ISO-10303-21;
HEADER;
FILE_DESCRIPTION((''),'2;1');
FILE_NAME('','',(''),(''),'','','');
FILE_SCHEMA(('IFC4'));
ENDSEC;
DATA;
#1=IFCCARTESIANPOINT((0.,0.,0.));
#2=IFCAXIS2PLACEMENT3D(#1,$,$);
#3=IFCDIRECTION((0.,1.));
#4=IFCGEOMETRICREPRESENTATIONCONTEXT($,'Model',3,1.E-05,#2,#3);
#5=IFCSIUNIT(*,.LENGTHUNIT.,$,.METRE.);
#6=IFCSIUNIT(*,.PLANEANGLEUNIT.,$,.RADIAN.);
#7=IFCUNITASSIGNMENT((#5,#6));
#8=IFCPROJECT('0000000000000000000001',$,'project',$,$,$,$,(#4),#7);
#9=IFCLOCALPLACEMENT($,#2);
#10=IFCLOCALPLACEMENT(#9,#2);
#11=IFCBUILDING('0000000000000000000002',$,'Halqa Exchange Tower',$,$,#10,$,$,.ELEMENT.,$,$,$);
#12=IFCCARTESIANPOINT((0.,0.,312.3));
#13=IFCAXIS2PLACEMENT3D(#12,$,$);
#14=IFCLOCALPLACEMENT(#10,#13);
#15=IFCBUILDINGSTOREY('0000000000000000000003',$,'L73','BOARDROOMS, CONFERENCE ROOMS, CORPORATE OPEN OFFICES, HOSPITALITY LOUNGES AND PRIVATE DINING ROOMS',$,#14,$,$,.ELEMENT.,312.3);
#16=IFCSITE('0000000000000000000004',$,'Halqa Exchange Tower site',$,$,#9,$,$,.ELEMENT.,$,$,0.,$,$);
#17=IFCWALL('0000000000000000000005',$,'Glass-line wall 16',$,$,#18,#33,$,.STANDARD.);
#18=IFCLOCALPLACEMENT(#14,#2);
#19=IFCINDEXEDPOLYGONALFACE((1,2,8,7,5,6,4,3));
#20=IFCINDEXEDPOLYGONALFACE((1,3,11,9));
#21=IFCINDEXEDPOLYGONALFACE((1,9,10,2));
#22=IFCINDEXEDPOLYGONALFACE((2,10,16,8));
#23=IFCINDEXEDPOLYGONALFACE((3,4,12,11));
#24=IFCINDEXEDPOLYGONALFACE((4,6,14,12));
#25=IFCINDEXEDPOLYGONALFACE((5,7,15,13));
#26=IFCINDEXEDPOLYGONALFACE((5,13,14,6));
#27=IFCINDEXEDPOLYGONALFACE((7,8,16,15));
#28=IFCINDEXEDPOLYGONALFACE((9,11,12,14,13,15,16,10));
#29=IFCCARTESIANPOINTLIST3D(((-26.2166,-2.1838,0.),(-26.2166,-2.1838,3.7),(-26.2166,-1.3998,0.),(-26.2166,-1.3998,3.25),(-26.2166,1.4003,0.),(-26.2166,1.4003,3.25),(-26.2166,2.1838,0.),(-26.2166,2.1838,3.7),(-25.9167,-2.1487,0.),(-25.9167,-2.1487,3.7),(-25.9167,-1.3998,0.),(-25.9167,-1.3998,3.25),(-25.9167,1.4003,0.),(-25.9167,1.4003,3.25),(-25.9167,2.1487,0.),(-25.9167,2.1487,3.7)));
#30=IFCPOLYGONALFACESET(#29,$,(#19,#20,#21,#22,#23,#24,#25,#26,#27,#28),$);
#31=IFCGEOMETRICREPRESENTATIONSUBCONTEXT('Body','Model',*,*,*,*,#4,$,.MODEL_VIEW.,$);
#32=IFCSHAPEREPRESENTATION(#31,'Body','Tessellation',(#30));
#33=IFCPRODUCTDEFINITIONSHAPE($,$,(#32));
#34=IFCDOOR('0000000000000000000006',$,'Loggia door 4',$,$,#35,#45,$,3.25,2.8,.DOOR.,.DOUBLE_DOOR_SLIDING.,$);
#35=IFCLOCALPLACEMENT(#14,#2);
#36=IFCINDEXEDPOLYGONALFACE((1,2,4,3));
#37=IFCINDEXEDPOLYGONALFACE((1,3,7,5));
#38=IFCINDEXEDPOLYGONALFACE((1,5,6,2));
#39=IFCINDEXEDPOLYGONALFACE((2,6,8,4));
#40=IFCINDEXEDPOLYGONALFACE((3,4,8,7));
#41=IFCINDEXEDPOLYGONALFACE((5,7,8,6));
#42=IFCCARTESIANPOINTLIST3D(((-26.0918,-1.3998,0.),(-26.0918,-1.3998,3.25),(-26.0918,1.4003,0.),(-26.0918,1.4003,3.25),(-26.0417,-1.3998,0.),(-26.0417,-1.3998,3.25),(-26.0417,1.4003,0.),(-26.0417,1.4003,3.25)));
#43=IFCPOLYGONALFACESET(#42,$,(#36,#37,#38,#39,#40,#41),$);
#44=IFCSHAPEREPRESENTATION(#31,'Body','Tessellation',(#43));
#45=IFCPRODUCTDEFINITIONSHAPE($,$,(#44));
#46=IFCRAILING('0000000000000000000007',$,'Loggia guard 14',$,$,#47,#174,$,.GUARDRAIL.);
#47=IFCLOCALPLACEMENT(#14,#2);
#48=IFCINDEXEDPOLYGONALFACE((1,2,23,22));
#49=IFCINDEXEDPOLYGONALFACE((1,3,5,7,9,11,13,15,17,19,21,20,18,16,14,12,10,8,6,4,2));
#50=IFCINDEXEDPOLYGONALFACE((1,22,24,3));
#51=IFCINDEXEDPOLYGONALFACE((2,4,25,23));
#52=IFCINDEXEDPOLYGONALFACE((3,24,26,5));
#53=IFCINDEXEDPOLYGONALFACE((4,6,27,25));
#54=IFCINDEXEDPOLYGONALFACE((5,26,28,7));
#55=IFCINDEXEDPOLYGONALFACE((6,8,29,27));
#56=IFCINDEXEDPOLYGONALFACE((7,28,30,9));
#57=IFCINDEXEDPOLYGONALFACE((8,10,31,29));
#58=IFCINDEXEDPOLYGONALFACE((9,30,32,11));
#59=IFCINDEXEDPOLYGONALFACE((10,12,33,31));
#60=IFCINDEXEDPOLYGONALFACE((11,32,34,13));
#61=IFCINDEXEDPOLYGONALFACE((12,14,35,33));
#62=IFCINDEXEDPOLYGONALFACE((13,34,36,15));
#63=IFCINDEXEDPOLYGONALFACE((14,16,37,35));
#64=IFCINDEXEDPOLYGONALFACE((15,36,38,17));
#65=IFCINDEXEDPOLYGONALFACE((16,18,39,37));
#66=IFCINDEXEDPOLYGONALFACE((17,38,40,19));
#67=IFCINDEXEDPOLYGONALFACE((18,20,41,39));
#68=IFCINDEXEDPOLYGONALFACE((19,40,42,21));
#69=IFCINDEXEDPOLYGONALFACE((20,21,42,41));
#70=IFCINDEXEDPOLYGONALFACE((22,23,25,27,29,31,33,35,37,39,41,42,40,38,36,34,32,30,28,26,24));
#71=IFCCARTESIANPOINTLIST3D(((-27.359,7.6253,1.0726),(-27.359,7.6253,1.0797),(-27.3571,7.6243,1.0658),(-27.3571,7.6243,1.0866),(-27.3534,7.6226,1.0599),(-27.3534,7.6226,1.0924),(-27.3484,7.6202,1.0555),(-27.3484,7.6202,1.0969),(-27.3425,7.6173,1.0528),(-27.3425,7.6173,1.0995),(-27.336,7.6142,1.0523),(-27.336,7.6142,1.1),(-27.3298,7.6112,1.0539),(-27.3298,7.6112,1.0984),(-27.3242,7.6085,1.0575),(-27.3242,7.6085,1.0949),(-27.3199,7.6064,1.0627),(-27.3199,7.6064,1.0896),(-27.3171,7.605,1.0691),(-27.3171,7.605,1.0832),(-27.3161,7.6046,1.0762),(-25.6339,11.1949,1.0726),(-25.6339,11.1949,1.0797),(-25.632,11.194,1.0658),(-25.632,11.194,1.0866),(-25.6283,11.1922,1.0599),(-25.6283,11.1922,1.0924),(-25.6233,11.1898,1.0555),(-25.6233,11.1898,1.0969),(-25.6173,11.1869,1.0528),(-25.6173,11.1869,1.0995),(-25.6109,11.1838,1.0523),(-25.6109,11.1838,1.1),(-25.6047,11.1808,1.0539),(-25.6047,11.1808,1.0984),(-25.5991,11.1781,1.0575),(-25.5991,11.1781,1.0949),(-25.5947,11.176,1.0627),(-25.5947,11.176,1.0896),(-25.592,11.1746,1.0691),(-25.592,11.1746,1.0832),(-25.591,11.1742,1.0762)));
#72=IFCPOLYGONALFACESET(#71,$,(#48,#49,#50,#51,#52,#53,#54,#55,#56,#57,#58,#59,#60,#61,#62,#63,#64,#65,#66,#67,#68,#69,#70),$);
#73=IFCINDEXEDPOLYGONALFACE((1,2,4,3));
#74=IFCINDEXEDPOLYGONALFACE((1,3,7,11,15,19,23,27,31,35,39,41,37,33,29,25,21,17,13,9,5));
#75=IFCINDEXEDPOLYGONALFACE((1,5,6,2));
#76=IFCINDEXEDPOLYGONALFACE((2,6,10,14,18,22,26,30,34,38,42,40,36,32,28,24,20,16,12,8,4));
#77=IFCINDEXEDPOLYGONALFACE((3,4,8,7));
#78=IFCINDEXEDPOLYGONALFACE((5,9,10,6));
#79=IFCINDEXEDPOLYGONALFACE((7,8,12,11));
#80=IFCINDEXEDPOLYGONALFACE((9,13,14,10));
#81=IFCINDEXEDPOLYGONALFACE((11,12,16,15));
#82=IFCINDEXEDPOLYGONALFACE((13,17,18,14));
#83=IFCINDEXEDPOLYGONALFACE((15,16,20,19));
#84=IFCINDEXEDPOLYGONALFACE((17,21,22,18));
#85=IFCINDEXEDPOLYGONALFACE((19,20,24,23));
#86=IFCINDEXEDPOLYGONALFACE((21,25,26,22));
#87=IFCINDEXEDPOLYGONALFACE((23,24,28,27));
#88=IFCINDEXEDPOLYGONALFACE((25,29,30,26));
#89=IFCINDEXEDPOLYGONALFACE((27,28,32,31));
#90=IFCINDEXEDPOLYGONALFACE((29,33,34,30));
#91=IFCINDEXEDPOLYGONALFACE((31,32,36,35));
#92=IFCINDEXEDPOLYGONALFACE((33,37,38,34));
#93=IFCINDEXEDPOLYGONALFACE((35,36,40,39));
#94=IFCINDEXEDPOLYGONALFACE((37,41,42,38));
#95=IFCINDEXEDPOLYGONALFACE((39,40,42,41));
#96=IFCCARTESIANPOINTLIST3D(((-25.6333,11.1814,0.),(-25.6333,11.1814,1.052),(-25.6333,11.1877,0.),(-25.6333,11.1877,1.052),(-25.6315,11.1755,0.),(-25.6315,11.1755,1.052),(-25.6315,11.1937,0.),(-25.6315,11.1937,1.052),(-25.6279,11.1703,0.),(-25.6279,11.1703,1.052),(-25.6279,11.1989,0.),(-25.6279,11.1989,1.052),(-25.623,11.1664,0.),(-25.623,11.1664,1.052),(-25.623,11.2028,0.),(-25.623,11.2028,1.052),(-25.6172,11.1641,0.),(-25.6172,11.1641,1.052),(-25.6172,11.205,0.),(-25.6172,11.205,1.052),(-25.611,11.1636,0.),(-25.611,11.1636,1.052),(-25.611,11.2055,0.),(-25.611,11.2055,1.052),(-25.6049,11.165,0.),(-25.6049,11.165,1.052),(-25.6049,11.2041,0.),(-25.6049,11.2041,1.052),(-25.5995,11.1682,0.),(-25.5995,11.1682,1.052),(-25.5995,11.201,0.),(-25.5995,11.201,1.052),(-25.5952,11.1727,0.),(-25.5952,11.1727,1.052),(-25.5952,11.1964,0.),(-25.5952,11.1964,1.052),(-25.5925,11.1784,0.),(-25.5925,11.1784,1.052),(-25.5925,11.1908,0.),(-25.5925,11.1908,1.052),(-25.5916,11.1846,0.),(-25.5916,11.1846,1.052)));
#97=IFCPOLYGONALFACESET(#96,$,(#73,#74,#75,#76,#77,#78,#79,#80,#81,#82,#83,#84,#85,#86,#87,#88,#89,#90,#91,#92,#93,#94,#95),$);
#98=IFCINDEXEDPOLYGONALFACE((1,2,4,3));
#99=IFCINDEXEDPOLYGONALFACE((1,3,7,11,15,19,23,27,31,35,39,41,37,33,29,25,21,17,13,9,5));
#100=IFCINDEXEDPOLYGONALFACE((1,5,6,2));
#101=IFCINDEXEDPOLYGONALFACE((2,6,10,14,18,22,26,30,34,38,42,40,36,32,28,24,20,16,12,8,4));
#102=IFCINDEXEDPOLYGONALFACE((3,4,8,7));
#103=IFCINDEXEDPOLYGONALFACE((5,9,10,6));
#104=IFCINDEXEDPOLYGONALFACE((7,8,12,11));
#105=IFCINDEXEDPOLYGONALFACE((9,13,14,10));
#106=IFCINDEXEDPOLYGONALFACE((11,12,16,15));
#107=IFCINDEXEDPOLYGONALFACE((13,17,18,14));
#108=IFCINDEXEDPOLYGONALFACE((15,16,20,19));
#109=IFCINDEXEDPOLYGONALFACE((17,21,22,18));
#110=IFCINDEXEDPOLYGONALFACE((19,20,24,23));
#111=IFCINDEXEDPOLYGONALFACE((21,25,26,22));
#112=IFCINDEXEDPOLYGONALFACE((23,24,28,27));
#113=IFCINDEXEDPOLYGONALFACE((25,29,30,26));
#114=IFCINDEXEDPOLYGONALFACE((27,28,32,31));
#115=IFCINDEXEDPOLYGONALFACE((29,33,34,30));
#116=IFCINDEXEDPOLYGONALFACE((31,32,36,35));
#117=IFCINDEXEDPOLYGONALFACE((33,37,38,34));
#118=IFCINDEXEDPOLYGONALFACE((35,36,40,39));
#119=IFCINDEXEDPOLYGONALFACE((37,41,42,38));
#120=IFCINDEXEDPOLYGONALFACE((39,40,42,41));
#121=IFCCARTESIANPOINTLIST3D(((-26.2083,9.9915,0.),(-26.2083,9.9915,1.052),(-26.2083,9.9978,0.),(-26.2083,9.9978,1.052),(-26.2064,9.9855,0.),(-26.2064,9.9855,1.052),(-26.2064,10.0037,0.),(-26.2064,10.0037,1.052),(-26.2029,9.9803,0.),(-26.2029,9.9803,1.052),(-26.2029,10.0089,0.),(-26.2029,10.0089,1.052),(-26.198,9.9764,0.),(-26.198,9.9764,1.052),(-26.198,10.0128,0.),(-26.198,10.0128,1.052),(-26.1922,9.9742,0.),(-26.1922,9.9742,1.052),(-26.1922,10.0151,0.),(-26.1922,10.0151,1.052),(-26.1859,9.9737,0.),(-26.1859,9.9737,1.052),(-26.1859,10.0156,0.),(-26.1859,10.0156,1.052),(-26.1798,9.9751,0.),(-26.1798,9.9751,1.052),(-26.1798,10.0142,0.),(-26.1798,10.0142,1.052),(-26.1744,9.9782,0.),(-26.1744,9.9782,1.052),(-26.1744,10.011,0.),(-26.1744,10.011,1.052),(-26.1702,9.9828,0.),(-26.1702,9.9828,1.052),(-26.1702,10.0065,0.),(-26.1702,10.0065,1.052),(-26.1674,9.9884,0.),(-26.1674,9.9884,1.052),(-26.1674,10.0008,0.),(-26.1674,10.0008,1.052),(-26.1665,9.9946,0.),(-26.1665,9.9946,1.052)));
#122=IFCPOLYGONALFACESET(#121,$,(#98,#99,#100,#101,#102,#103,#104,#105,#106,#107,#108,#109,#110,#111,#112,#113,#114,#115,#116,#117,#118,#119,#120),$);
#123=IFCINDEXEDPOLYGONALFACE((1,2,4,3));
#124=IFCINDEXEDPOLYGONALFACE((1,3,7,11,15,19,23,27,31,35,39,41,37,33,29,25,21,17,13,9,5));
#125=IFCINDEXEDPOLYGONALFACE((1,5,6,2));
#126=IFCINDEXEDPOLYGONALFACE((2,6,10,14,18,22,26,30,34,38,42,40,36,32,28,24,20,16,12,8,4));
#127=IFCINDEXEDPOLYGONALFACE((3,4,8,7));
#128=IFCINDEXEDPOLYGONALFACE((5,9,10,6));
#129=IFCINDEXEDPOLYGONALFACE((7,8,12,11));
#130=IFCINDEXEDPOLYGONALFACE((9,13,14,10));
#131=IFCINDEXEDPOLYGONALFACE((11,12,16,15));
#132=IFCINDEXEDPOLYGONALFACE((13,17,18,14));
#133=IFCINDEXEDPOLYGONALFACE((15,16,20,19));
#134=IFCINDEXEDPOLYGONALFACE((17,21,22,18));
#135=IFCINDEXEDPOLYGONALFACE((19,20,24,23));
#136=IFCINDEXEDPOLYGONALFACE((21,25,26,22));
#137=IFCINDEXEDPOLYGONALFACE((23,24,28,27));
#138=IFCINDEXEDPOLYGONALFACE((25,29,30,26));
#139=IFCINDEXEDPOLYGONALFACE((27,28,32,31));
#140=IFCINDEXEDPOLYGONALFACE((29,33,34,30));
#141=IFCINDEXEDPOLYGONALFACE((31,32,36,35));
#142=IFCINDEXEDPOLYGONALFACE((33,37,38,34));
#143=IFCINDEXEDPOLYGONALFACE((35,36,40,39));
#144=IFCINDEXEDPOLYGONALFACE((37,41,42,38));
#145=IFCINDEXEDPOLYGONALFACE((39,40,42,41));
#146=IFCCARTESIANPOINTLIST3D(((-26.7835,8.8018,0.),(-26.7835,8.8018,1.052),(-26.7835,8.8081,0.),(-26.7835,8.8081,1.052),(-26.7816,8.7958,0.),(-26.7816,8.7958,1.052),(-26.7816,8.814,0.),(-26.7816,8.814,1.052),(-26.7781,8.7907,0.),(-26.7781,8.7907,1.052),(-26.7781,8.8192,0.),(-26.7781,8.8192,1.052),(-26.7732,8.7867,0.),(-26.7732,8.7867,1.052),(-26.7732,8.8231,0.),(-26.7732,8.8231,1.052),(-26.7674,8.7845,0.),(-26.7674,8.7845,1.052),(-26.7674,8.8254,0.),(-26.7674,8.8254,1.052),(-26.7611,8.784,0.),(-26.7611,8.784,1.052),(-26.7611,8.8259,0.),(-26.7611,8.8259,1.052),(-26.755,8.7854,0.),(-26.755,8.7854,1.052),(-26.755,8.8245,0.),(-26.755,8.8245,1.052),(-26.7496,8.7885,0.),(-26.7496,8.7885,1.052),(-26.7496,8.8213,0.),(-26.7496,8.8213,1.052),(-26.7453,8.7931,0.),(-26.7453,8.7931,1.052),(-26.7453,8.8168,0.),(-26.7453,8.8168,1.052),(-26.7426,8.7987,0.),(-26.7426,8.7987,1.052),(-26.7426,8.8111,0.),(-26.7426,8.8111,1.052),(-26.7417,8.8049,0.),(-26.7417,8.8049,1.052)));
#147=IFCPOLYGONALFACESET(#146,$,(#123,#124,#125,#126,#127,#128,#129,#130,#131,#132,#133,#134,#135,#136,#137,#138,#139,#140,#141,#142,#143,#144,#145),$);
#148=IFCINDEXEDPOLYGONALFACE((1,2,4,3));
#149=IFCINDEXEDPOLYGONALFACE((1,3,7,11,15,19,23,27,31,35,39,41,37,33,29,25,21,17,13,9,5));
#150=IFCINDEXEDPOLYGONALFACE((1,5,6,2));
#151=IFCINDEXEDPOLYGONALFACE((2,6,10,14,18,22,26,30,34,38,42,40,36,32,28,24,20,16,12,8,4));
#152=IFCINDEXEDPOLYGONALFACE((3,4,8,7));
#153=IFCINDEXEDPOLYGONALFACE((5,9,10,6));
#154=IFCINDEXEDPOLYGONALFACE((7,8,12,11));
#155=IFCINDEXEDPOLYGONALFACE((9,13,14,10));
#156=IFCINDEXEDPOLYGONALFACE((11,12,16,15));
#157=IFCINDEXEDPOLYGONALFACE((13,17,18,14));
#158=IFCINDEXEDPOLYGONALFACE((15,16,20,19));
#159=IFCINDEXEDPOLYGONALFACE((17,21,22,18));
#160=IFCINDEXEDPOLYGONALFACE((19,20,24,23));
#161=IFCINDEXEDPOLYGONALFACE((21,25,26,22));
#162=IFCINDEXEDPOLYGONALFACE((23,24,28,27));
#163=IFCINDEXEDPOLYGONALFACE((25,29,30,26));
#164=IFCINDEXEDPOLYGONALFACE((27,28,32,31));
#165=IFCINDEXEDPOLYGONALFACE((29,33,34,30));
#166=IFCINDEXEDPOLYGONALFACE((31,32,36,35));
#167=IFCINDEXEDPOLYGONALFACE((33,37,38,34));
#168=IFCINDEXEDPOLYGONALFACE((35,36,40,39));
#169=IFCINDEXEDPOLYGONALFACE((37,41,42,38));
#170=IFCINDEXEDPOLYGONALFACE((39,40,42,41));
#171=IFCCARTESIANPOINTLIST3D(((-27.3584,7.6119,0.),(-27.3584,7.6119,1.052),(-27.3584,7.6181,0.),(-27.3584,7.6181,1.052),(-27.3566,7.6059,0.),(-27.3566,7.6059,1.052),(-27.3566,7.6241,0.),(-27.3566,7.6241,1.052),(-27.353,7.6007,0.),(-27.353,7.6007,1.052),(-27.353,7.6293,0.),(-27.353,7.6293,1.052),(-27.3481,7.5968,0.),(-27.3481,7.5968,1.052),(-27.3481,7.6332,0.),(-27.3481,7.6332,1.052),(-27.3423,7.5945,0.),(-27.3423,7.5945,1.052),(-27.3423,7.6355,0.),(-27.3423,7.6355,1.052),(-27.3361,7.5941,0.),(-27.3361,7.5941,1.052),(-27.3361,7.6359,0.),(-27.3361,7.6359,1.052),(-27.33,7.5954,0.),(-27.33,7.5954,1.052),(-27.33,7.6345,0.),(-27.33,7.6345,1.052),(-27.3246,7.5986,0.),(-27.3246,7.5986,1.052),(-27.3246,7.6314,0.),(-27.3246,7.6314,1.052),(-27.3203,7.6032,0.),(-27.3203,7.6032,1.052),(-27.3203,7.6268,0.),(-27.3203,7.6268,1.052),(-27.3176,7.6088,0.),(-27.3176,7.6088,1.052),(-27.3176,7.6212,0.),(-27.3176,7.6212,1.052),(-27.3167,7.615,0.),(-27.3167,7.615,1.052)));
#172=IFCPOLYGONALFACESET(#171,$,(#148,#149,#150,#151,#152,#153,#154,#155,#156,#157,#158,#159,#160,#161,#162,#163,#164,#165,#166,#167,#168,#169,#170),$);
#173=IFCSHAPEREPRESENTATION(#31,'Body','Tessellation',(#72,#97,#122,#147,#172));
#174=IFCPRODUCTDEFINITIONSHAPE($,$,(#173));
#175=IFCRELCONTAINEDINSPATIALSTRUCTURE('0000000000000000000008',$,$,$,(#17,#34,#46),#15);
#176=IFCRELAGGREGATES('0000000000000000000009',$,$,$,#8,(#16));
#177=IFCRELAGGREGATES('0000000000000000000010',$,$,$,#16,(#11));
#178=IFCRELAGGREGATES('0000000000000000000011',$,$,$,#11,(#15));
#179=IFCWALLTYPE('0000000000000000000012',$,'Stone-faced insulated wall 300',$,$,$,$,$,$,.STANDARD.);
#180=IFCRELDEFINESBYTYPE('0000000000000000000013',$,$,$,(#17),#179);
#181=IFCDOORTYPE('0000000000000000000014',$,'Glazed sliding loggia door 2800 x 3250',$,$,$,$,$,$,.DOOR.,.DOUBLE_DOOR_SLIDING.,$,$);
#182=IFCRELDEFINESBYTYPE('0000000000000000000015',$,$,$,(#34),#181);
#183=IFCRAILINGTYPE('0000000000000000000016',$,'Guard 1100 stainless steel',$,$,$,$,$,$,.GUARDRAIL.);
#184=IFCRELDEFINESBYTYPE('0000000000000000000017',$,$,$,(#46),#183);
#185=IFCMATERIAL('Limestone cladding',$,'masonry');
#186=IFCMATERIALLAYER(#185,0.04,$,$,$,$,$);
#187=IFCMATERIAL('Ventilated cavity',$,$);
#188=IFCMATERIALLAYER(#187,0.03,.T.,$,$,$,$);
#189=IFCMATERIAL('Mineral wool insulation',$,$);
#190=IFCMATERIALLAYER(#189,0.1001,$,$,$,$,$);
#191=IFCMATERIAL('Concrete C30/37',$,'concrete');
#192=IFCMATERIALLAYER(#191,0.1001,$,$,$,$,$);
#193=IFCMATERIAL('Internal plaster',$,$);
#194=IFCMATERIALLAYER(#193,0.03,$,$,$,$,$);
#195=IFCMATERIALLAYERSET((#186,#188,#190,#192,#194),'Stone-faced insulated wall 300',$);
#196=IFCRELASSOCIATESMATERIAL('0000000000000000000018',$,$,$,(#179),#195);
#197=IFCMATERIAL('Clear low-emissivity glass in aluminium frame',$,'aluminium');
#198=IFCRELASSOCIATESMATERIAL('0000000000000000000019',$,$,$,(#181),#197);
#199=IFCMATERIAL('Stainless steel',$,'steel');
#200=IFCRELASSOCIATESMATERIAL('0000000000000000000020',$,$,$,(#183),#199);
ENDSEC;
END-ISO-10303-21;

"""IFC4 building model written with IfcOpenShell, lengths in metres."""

from ifc_helpers import new_model, si_unit, direction, frame, frame_2d, origin, origin_2d, place, context, subcontext, project, spatial, polyline, rectangle, circle, outline, extrude, material, layer, layer_set, type_object, element, fill, save


model = new_model("IFC4")

# Units and contexts
model_context = context("Model", 3, precision=1e-05, world=origin(), true_north=direction((0.0, 1.0)))
body_context = subcontext(model_context, "Body", "Model", "MODEL_VIEW")
ifc_project = project(units=[si_unit("LENGTHUNIT", "METRE"), si_unit("PLANEANGLEUNIT", "RADIAN")], contexts=[model_context])

# Site, building, storey
site_placement = place(None, origin())
site = spatial("IfcSite", under=ifc_project, at=site_placement, Name="Halqa Exchange Tower site", CompositionType="ELEMENT", RefElevation=0.0)
building_placement = place(site_placement, origin())
building = spatial("IfcBuilding", under=site, at=building_placement, Name="Halqa Exchange Tower", CompositionType="ELEMENT")
storey_placement = place(building_placement, frame((0.0, 0.0, 312.3)))
storey = spatial("IfcBuildingStorey", under=building, at=storey_placement, Name="L73", Description="BOARDROOMS, CONFERENCE ROOMS, CORPORATE OPEN OFFICES, HOSPITALITY LOUNGES AND PRIVATE DINING ROOMS", CompositionType="ELEMENT", Elevation=312.3)

# Shared definitions
ifc_material_1 = material(Name="Limestone cladding", Category="masonry")
ifc_layer_1 = layer(ifc_material_1, 0.04)
ifc_material_2 = material(Name="Ventilated cavity")
ifc_layer_2 = layer(ifc_material_2, 0.03, ventilated=True)
ifc_material_3 = material(Name="Mineral wool insulation")
ifc_layer_3 = layer(ifc_material_3, 0.1001)
ifc_material_4 = material(Name="Concrete C30/37", Category="concrete")
ifc_layer_4 = layer(ifc_material_4, 0.1001)
ifc_material_5 = material(Name="Internal plaster")
ifc_layer_5 = layer(ifc_material_5, 0.03)
ifc_layer_set_1 = layer_set([ifc_layer_1, ifc_layer_2, ifc_layer_3, ifc_layer_4, ifc_layer_5], Name="Stone-faced insulated wall 300")
wall_type_1 = type_object("IfcWallType", Name="Stone-faced insulated wall 300", PredefinedType="STANDARD", material=ifc_layer_set_1)
ifc_material_6 = material(Name="Clear low-emissivity glass in aluminium frame", Category="aluminium")

# Wall, opening, door
wall_1_placement = place(storey_placement, frame((-26.0667, 2.1663, 0.0), z_axis=(0.0, 0.0, 1.0), x_axis=(0.0, -1.0, 0.0)))
wall_1 = element("IfcWall", 1, at=wall_1_placement, inside=storey, type_object=wall_type_1, Name="Glass-line wall 16", PredefinedType="STANDARD", context=body_context, shape_type="SweptSolid", body=[
    extrude(outline(polyline([(-0.0176, -0.1499), (4.3501, -0.1499), (4.3149, 0.1499), (0.0176, 0.1499), (-0.0176, -0.1499)])), origin(), (0.0, 0.0, 1.0), 3.7),
])
opening_1_placement = place(wall_1_placement, frame((0.7661, 0.0, 0.0)))
opening_1 = element("IfcOpeningElement", 2, at=opening_1_placement, cuts=wall_1, PredefinedType="OPENING", context=body_context, shape_type="SweptSolid", body=[
    extrude(rectangle(XDim=2.8, YDim=3.25, at=frame_2d((1.3999, 1.625))), frame((0.0, 0.1621, 0.0), z_axis=(0.0, -1.0, 0.0), x_axis=(1.0, 0.0, 0.0)), (0.0, 0.0, 1.0), 0.324),
])
door_type = type_object("IfcDoorType", Name="Glazed sliding loggia door 2800 x 3250", OperationType="DOUBLE_DOOR_SLIDING", PredefinedType="DOOR", material=ifc_material_6)
door_placement = place(opening_1_placement, origin())
door = element("IfcDoor", 3, at=door_placement, inside=storey, type_object=door_type, Name="Loggia door 4", OperationType="DOUBLE_DOOR_SLIDING", OverallHeight=3.25, OverallWidth=2.8, PredefinedType="DOOR", context=body_context, shape_type="SweptSolid", body=[
    extrude(rectangle(XDim=2.8, YDim=3.25, at=frame_2d((1.3999, 1.625))), frame((0.0, 0.0249, 0.0), z_axis=(0.0, -1.0, 0.0), x_axis=(1.0, 0.0, 0.0)), (0.0, 0.0, 1.0), 0.05),
])
fill(opening_1, door)

# Railing
ifc_material_7 = material(Name="Stainless steel", Category="steel")
railing_type = type_object("IfcRailingType", Name="Guard 1100 stainless steel", PredefinedType="GUARDRAIL", material=ifc_material_7)
railing_1_placement = place(storey_placement, frame((-25.6125, 11.1846, 0.0)))
element("IfcRailing", 4, at=railing_1_placement, inside=storey, type_object=railing_type, Name="Loggia guard 14", PredefinedType="GUARDRAIL", context=body_context, shape_type="SweptSolid", body=[
    extrude(circle(Radius=0.0239, at=origin_2d()), frame((0.0, 0.0, 1.0762), z_axis=(-0.435128, -0.900369, 0.0), x_axis=(0.900369, -0.435128, 0.0)), (0.0, 0.0, 1.0), 3.9646),
    extrude(circle(Radius=0.021, at=origin_2d()), origin(), (0.0, 0.0, 1.0), 1.052),
    extrude(circle(Radius=0.021, at=origin_2d()), frame((-0.575, -1.1899, 0.0)), (0.0, 0.0, 1.0), 1.052),
    extrude(circle(Radius=0.021, at=origin_2d()), frame((-1.1501, -2.3796, 0.0)), (0.0, 0.0, 1.0), 1.052),
    extrude(circle(Radius=0.021, at=origin_2d()), frame((-1.7251, -3.5696, 0.0)), (0.0, 0.0, 1.0), 1.052),
])

save(model, "model.ifc")
